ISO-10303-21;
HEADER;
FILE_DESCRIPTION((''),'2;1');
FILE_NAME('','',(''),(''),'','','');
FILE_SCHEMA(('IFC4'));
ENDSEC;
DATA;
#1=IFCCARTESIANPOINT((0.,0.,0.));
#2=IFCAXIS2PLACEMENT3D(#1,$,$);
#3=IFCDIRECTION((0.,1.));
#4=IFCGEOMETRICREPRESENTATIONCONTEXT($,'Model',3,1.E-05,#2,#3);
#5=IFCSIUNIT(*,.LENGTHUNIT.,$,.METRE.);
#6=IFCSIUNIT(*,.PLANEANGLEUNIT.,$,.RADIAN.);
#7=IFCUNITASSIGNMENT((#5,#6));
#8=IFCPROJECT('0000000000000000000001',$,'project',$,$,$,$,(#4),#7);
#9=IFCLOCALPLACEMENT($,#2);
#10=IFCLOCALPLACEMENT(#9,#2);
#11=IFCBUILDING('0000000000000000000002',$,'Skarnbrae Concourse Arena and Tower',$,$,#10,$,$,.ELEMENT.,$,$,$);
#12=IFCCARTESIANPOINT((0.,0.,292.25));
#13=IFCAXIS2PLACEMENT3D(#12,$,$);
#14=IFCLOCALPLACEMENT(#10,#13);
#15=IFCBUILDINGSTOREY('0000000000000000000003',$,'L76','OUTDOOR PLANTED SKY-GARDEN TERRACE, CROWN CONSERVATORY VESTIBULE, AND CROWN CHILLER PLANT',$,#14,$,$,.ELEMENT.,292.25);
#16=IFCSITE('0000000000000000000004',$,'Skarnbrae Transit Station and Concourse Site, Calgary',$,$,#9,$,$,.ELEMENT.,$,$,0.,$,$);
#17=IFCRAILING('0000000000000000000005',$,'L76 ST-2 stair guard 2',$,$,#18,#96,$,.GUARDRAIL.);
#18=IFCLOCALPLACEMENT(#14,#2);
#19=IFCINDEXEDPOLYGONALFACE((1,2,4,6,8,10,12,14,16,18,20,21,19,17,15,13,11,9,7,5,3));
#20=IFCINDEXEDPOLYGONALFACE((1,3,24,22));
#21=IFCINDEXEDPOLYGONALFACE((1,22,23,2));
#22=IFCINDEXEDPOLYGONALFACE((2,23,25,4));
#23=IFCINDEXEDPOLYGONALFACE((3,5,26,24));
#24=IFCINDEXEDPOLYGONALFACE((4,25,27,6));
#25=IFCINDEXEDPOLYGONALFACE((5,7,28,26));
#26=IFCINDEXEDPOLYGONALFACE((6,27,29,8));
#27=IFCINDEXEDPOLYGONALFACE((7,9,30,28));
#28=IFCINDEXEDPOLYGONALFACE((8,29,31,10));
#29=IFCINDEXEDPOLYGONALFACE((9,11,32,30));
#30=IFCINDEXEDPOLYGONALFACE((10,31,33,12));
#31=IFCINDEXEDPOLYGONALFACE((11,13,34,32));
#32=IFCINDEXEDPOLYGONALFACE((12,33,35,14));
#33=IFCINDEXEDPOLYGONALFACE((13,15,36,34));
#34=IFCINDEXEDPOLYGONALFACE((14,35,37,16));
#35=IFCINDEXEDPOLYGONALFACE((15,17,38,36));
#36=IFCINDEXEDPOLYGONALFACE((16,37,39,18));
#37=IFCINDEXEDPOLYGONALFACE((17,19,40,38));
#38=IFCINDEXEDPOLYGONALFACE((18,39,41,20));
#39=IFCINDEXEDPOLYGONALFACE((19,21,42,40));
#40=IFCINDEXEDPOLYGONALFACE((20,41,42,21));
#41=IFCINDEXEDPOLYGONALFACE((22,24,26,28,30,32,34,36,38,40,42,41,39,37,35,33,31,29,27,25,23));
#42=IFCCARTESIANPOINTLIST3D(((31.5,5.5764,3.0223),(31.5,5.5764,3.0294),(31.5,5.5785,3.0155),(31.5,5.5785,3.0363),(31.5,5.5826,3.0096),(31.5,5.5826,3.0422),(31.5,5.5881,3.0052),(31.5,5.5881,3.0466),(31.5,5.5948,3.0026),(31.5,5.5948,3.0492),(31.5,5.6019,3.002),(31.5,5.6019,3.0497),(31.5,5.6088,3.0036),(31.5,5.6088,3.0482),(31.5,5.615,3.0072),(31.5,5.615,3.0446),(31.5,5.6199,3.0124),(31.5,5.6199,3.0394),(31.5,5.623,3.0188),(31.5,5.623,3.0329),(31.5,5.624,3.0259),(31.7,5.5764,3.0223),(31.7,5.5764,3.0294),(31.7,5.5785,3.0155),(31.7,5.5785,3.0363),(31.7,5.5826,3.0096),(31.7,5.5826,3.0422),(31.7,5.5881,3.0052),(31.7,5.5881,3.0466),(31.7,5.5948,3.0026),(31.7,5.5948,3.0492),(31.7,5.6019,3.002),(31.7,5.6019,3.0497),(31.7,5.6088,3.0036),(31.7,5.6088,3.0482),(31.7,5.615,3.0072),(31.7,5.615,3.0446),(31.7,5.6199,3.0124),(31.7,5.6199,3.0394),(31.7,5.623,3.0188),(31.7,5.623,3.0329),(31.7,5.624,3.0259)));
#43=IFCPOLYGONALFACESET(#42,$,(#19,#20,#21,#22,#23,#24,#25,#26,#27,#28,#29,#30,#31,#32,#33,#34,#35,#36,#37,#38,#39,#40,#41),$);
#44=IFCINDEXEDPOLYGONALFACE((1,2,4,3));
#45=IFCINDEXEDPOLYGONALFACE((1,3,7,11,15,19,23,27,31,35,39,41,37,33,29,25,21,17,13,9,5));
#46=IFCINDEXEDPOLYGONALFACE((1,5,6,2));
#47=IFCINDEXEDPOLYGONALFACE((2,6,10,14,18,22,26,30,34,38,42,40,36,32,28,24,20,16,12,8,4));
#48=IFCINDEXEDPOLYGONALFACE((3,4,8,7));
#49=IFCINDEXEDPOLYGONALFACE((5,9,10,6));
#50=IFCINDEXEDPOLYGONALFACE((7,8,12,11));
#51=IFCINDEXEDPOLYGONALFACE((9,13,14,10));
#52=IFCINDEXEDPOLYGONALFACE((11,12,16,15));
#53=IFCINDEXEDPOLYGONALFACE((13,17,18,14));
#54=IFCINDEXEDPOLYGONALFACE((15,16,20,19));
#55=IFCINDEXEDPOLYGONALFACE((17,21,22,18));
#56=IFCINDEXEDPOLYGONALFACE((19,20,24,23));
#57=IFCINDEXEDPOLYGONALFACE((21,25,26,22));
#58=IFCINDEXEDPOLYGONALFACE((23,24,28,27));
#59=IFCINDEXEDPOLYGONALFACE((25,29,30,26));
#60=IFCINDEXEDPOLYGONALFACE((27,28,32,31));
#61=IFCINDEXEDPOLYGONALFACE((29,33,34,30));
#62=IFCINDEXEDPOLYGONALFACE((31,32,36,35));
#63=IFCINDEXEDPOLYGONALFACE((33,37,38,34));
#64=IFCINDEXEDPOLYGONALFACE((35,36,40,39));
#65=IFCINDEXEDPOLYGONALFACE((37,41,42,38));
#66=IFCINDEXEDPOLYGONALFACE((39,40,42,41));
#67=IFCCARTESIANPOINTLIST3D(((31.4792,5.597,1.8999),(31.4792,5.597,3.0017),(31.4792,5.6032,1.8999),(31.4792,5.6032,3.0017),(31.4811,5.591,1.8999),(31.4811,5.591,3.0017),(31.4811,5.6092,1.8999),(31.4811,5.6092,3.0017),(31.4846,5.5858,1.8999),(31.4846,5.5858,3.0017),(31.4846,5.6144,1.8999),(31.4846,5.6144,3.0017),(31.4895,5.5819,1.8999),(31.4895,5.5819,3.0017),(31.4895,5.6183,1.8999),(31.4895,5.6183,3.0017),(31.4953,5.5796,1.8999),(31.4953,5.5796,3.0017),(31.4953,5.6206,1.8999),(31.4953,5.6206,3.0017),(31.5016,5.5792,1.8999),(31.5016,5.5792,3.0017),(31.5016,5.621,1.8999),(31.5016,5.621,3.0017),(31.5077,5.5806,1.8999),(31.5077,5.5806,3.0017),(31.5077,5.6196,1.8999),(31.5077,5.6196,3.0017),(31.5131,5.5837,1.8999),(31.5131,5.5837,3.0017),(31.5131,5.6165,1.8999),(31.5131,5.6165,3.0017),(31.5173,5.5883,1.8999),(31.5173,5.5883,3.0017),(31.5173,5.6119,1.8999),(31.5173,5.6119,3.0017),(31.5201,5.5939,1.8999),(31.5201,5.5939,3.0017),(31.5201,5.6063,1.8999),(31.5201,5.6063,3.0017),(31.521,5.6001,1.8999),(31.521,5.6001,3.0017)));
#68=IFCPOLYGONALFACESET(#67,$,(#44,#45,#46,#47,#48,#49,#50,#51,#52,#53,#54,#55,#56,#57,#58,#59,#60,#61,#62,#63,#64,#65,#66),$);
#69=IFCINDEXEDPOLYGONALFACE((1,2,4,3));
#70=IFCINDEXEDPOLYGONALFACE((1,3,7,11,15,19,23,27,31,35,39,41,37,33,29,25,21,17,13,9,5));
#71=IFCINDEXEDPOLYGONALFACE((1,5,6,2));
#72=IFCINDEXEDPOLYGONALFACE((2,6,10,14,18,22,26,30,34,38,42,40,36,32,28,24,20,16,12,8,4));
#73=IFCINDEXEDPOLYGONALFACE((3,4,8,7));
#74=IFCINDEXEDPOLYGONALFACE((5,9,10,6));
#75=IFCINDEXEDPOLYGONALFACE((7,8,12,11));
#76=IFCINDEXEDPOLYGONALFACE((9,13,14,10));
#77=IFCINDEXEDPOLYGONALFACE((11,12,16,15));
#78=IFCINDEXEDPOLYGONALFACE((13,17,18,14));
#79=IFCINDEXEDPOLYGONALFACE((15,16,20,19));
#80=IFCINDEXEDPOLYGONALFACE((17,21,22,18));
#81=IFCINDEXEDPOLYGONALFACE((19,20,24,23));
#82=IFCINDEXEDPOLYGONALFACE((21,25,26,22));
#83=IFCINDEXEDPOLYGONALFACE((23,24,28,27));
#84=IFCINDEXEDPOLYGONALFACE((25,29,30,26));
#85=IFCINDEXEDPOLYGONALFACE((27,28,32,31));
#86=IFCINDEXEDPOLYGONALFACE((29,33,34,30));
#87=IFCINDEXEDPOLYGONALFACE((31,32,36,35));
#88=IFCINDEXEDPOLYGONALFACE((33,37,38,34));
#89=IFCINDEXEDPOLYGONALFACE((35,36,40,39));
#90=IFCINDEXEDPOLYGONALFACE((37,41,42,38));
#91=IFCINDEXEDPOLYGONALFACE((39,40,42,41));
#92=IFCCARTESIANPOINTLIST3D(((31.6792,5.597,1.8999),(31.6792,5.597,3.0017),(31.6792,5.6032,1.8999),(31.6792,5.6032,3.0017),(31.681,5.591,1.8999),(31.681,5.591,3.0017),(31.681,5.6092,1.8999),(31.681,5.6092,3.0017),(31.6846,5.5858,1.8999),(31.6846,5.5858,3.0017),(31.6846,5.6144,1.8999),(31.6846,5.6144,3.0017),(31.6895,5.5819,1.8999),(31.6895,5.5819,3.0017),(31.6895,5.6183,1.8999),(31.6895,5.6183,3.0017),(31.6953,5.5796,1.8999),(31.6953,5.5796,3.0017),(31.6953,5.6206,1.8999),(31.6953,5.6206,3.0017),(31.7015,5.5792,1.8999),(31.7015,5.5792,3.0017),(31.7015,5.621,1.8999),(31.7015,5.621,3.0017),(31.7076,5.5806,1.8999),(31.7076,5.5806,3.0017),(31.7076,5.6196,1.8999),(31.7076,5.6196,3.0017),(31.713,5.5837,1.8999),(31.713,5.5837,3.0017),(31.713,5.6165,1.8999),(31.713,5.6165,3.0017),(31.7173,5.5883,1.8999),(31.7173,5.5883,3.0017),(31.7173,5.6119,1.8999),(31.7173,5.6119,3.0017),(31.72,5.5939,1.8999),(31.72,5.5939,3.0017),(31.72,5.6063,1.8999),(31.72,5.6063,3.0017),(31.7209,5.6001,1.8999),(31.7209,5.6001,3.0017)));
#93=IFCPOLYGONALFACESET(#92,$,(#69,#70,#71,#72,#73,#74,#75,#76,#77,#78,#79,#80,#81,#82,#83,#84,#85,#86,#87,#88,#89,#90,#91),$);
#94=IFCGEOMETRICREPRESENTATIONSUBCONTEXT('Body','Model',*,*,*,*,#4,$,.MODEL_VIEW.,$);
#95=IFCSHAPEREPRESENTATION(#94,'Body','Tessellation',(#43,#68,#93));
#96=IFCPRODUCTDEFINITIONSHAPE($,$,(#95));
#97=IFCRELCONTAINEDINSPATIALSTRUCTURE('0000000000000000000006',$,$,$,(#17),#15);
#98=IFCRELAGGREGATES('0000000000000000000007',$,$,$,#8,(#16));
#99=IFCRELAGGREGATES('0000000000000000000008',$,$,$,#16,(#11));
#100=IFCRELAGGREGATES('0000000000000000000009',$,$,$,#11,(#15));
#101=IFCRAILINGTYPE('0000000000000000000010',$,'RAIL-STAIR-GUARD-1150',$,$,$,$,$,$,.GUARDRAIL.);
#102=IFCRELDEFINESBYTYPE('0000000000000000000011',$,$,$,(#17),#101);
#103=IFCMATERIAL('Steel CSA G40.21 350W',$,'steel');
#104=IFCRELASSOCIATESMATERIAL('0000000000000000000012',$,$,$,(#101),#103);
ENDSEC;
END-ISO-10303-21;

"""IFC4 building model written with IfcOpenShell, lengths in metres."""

from ifc_helpers import new_model, si_unit, direction, frame, origin, origin_2d, place, context, subcontext, project, spatial, circle, extrude, material, type_object, element, save


model = new_model("IFC4")

# Units and contexts
model_context = context("Model", 3, precision=1e-05, world=origin(), true_north=direction((0.0, 1.0)))
body_context = subcontext(model_context, "Body", "Model", "MODEL_VIEW")
ifc_project = project(units=[si_unit("LENGTHUNIT", "METRE"), si_unit("PLANEANGLEUNIT", "RADIAN")], contexts=[model_context])

# Site, building, storey
site_placement = place(None, origin())
site = spatial("IfcSite", under=ifc_project, at=site_placement, Name="Skarnbrae Transit Station and Concourse Site, Calgary", CompositionType="ELEMENT", RefElevation=0.0)
building_placement = place(site_placement, origin())
building = spatial("IfcBuilding", under=site, at=building_placement, Name="Skarnbrae Concourse Arena and Tower", CompositionType="ELEMENT")
storey_placement = place(building_placement, frame((0.0, 0.0, 292.25)))
storey = spatial("IfcBuildingStorey", under=building, at=storey_placement, Name="L76", Description="OUTDOOR PLANTED SKY-GARDEN TERRACE, CROWN CONSERVATORY VESTIBULE, AND CROWN CHILLER PLANT", CompositionType="ELEMENT", Elevation=292.25)

# Shared definitions
ifc_material_1 = material(Name="Steel CSA G40.21 350W", Category="steel")

# Railing
railing_type_1 = type_object("IfcRailingType", Name="RAIL-STAIR-GUARD-1150", PredefinedType="GUARDRAIL", material=ifc_material_1)
railing_1_placement = place(storey_placement, frame((31.5, 5.6001, 1.8999)))
element("IfcRailing", 1, at=railing_1_placement, inside=storey, type_object=railing_type_1, Name="L76 ST-2 stair guard 2", PredefinedType="GUARDRAIL", context=body_context, shape_type="SweptSolid", body=[
    extrude(circle(Radius=0.0239, at=origin_2d()), frame((0.0, 0.0, 1.126), z_axis=(1.0, 0.0, 0.0), x_axis=(0.0, 1.0, 0.0)), (0.0, 0.0, 1.0), 0.2),
    extrude(circle(Radius=0.021, at=origin_2d()), origin(), (0.0, 0.0, 1.0), 1.1018),
    extrude(circle(Radius=0.021, at=origin_2d()), frame((0.2, 0.0, 0.0)), (0.0, 0.0, 1.0), 1.1018),
])

save(model, "model.ifc")
